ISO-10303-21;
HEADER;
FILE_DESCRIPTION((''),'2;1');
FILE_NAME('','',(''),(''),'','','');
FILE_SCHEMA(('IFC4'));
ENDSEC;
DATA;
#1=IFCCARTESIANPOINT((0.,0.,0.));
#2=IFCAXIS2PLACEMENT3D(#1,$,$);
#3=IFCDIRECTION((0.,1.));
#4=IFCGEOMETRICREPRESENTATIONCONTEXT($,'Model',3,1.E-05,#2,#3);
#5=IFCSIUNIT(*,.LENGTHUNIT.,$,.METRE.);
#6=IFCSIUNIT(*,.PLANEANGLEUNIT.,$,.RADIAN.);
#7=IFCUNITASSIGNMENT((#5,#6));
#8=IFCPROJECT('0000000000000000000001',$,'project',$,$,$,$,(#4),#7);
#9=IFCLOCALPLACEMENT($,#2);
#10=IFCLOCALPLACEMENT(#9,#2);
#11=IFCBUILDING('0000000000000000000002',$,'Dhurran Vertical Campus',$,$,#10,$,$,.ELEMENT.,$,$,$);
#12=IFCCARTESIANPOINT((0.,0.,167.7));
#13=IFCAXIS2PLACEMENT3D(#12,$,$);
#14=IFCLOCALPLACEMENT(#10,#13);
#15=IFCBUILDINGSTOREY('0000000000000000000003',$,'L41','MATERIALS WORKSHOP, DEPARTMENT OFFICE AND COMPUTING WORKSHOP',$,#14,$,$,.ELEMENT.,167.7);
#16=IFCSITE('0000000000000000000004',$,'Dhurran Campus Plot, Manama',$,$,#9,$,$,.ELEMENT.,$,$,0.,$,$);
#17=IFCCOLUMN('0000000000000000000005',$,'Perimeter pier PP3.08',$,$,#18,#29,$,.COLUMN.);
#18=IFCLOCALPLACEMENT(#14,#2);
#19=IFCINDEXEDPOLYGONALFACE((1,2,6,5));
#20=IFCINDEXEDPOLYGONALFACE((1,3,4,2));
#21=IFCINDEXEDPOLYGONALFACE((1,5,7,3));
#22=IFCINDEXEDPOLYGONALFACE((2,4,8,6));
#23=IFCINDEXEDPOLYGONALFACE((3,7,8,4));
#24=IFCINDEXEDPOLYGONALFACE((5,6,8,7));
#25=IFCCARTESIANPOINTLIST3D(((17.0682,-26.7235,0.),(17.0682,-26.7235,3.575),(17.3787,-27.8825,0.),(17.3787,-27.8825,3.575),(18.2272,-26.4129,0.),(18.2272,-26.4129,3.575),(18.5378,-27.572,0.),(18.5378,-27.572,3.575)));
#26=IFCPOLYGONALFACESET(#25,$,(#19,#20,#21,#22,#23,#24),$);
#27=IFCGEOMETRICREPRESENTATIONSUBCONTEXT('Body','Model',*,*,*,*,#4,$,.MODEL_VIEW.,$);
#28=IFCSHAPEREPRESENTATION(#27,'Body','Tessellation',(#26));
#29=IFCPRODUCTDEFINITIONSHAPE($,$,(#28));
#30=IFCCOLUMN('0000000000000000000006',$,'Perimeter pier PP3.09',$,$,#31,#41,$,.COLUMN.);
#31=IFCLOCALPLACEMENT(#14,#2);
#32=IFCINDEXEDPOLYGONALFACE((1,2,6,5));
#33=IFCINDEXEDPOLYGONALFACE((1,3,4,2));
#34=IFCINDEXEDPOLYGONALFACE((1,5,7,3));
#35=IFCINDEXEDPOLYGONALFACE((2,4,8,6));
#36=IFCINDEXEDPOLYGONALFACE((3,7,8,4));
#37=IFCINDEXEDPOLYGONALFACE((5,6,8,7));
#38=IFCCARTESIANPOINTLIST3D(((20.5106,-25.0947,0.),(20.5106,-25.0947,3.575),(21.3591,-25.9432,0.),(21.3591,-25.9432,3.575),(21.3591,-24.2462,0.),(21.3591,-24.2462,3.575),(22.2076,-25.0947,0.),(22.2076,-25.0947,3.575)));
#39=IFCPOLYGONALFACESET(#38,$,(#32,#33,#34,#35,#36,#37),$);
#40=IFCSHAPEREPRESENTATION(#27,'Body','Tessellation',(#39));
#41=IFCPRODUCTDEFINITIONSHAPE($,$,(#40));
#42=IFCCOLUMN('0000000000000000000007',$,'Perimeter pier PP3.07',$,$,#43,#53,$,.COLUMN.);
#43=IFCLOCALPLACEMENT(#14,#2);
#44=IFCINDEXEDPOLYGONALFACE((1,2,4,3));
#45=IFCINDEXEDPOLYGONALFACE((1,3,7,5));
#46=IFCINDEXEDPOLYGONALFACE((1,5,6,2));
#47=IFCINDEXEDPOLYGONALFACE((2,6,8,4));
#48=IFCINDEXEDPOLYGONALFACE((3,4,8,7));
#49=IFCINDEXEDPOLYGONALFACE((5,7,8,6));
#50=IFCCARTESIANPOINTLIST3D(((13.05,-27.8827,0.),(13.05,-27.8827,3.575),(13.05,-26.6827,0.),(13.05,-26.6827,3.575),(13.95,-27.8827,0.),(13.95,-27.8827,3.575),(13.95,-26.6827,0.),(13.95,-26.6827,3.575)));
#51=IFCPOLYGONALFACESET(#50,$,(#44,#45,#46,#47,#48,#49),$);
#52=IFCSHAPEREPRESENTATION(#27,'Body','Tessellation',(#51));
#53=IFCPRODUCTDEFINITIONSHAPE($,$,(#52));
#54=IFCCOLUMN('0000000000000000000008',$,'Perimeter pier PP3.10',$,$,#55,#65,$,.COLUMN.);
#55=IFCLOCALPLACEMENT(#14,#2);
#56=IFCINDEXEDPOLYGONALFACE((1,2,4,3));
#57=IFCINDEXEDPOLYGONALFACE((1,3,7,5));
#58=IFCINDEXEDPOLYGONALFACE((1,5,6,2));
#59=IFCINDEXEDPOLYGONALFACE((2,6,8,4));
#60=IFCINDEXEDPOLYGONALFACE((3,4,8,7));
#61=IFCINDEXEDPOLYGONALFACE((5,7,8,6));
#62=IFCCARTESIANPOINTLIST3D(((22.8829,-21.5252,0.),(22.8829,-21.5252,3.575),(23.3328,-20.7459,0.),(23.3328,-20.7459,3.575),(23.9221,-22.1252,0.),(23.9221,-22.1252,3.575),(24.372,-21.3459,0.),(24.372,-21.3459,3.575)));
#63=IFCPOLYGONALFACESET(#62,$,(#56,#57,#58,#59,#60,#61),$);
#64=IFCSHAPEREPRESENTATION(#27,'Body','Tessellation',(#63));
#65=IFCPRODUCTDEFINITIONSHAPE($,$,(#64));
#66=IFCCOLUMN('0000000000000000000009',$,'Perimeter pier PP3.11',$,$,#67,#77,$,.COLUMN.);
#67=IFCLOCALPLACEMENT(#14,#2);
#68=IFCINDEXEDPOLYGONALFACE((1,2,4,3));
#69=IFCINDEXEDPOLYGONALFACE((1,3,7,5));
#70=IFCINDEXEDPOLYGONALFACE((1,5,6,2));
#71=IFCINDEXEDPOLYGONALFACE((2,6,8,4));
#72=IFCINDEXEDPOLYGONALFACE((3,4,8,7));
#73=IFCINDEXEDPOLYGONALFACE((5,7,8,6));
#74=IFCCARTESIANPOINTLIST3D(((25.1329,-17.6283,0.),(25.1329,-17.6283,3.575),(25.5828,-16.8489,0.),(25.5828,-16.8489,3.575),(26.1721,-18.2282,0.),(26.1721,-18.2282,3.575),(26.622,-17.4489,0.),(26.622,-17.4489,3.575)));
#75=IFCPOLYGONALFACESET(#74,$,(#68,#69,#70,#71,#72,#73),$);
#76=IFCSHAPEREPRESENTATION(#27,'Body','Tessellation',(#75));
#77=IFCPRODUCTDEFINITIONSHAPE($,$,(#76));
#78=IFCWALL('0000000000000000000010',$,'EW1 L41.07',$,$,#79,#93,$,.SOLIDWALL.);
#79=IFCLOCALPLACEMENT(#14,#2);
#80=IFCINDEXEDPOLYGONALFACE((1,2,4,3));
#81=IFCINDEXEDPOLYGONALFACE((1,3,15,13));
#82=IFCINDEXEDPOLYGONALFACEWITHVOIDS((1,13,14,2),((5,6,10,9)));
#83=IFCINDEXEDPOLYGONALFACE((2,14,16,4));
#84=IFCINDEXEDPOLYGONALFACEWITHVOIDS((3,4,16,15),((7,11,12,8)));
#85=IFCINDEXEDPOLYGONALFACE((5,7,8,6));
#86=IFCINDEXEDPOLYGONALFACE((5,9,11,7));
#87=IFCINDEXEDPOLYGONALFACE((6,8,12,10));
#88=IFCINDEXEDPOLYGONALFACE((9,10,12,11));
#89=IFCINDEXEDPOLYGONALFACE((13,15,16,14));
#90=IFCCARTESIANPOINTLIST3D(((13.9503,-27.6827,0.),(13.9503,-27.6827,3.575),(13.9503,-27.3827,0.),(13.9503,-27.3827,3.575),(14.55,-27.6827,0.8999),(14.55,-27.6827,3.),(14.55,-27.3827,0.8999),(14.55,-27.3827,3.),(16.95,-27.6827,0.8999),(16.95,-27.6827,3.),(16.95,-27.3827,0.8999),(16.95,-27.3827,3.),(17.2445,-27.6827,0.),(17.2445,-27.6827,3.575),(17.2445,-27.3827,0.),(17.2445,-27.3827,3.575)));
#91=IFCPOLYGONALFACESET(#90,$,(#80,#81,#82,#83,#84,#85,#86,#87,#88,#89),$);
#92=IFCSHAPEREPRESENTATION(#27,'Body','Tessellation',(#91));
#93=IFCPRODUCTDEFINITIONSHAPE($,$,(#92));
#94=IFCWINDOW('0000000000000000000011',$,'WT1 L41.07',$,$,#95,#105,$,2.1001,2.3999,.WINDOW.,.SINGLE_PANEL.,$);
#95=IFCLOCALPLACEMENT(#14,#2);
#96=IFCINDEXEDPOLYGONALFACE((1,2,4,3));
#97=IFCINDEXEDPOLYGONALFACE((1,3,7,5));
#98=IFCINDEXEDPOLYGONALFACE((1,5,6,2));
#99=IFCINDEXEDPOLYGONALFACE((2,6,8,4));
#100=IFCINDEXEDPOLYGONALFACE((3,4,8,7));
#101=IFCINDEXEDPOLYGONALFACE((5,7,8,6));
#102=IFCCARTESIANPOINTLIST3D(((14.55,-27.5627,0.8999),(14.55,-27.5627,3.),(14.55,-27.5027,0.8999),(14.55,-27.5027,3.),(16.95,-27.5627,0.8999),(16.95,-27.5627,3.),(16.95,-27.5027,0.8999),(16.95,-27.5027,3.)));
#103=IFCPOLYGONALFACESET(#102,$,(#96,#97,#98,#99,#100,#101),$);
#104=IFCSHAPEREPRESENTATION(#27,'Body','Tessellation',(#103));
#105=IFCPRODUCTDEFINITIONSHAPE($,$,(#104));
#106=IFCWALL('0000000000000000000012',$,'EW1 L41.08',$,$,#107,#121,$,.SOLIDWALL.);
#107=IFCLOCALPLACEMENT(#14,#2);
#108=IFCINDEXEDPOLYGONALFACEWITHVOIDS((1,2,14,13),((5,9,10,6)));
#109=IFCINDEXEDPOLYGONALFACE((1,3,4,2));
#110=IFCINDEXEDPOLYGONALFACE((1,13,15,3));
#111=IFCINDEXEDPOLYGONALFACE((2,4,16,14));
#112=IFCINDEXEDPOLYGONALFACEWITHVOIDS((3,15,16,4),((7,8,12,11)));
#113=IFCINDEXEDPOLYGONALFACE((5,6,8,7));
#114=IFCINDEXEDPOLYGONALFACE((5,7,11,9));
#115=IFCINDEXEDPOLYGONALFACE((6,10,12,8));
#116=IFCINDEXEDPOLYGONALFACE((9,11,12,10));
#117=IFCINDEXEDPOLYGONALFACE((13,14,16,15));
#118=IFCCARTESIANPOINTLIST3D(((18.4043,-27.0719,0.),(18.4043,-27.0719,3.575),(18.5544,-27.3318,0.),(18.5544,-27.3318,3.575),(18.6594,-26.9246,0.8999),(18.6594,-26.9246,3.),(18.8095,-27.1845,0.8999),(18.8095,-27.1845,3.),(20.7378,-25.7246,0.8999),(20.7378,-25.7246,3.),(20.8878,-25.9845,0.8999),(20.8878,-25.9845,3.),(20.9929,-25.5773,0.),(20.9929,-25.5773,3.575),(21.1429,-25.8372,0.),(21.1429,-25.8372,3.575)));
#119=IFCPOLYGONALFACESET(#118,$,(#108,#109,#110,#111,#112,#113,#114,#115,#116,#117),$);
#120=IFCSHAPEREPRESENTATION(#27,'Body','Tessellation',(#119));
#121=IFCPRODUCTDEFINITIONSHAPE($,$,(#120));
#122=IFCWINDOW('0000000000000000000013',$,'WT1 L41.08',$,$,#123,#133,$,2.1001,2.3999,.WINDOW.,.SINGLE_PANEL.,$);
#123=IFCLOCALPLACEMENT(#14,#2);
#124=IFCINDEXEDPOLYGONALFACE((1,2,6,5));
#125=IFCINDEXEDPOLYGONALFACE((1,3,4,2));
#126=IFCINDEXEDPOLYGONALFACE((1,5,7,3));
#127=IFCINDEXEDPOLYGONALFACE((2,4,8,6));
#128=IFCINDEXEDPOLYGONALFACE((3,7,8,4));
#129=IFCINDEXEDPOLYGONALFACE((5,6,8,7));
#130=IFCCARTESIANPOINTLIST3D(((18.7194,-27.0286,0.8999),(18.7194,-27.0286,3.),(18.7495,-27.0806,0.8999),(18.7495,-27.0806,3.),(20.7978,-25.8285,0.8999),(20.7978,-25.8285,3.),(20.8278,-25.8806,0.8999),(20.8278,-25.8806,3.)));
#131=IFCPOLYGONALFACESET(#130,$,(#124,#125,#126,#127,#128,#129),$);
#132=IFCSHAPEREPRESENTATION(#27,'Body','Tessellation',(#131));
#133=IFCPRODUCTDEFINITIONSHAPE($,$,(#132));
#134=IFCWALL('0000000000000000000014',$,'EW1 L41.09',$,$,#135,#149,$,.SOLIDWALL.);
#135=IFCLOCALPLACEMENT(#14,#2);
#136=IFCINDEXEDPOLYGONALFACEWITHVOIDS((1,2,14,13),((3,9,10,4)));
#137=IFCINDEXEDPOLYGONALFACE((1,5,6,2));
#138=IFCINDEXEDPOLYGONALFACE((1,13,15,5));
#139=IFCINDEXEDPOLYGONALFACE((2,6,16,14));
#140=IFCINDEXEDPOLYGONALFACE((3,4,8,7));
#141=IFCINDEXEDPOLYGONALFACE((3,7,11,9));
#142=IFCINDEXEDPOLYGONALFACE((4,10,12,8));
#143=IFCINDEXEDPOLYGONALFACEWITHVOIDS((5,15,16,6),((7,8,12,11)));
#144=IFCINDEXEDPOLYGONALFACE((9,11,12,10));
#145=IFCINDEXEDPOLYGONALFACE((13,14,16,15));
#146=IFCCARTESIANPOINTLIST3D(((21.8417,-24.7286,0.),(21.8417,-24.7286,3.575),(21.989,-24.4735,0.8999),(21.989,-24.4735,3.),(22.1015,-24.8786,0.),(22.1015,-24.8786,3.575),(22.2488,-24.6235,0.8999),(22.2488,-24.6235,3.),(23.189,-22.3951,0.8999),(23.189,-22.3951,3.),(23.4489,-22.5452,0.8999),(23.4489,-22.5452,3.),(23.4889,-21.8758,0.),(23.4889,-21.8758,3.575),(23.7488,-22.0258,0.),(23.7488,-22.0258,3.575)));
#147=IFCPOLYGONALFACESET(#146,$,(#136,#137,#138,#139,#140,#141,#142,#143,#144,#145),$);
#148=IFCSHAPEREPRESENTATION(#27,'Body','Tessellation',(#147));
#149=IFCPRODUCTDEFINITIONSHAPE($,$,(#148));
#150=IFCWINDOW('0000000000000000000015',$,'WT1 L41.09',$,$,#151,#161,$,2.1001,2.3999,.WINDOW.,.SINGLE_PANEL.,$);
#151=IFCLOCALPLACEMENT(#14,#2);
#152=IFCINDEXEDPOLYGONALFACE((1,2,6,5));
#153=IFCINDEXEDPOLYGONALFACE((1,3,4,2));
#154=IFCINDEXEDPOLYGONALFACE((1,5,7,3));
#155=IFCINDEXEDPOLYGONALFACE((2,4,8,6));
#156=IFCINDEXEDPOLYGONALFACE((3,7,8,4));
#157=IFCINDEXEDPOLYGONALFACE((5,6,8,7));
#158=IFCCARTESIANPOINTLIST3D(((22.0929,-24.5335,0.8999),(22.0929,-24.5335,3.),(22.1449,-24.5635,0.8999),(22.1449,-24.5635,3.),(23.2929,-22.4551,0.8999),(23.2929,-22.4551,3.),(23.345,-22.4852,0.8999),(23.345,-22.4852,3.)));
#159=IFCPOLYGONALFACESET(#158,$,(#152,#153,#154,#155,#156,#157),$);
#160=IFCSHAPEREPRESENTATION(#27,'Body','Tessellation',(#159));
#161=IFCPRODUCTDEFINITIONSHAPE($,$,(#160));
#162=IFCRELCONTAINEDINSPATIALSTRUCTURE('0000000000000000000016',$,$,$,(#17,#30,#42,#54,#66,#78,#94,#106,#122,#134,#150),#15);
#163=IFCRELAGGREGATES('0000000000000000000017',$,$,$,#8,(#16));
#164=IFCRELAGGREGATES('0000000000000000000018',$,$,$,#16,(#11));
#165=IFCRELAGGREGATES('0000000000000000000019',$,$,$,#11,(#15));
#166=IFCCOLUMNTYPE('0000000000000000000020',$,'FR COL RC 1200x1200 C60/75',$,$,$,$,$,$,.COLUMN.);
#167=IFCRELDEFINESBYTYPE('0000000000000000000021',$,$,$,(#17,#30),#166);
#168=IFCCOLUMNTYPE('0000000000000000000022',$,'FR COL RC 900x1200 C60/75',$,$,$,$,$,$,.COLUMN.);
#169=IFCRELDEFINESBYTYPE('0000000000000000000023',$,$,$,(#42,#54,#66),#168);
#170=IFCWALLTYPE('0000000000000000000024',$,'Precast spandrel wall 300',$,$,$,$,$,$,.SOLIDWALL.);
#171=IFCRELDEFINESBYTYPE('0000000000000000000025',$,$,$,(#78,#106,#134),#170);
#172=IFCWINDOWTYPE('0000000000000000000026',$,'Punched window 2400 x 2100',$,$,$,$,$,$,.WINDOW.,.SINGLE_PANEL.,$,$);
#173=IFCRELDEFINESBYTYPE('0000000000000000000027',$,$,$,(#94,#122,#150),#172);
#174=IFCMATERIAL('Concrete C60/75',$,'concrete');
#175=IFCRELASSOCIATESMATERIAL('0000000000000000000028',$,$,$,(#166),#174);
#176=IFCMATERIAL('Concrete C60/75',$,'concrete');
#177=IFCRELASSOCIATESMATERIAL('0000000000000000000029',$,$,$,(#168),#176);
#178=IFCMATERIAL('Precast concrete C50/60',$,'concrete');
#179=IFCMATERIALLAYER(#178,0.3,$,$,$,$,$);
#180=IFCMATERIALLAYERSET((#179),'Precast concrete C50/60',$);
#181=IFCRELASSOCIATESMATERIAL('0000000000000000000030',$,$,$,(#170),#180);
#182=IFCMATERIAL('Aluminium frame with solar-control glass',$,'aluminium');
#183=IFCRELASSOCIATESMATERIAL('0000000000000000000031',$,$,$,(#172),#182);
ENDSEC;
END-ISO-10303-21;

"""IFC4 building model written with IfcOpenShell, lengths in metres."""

from ifc_helpers import new_model, si_unit, direction, frame, frame_2d, origin, origin_2d, place, context, subcontext, project, spatial, rectangle, extrude, material, layer, layer_set, material_profile, profile_set, type_object, element, fill, save


model = new_model("IFC4")

# Units and contexts
model_context = context("Model", 3, precision=1e-05, world=origin(), true_north=direction((0.0, 1.0)))
body_context = subcontext(model_context, "Body", "Model", "MODEL_VIEW")
ifc_project = project(units=[si_unit("LENGTHUNIT", "METRE"), si_unit("PLANEANGLEUNIT", "RADIAN")], contexts=[model_context])

# Site, building, storey
site_placement = place(None, origin())
site = spatial("IfcSite", under=ifc_project, at=site_placement, Name="Dhurran Campus Plot, Manama", CompositionType="ELEMENT", RefElevation=0.0)
building_placement = place(site_placement, origin())
building = spatial("IfcBuilding", under=site, at=building_placement, Name="Dhurran Vertical Campus", CompositionType="ELEMENT")
storey_placement = place(building_placement, frame((0.0, 0.0, 167.7)))
storey = spatial("IfcBuildingStorey", under=building, at=storey_placement, Name="L41", Description="MATERIALS WORKSHOP, DEPARTMENT OFFICE AND COMPUTING WORKSHOP", CompositionType="ELEMENT", Elevation=167.7)

# Columns
ifc_material_1 = material(Name="Concrete C60/75", Category="concrete")
ifc_material_profile_1 = material_profile(ifc_material_1, rectangle(XDim=1.2, YDim=1.2, at=origin_2d()), Name="RC 1200x1200")
ifc_profile_set_1 = profile_set([ifc_material_profile_1], Name="Concrete C60/75")
column_type_1 = type_object("IfcColumnType", Name="FR COL RC 1200x1200 C60/75", PredefinedType="COLUMN", material=ifc_profile_set_1)
for number, where, z_axis, x_axis, name in (
    (1, (17.803, -27.1477, 0.0), (0.0, 0.0, 1.0), (0.965926, 0.258819, 0.0), "Perimeter pier PP3.08"),
    (2, (21.3591, -25.0947, 0.0), (0.0, 0.0, 1.0), (0.707107, 0.707107, 0.0), "Perimeter pier PP3.09"),
):
    element("IfcColumn", number, at=place(storey_placement, frame(where, z_axis=z_axis, x_axis=x_axis)), inside=storey, type_object=column_type_1, Name=name, PredefinedType="COLUMN", context=body_context, shape_type="SweptSolid", body=[
        extrude(rectangle(XDim=1.2, YDim=1.2, at=origin_2d()), origin(), (0.0, 0.0, 1.0), 3.575),
    ])
ifc_material_2 = material(Name="Concrete C60/75", Category="concrete")
ifc_material_profile_2 = material_profile(ifc_material_2, rectangle(XDim=0.8999, YDim=1.2, at=origin_2d()), Name="RC 900x1200")
ifc_profile_set_2 = profile_set([ifc_material_profile_2], Name="Concrete C60/75")
column_type_2 = type_object("IfcColumnType", Name="FR COL RC 900x1200 C60/75", PredefinedType="COLUMN", material=ifc_profile_set_2)
for number, where, z_axis, x_axis, name in (
    (3, (13.5, -27.2827, 0.0), (0.0, 0.0, 1.0), (1.0, 0.0, 0.0), "Perimeter pier PP3.07"),
    (4, (23.6274, -21.4355, 0.0), (0.0, 0.0, 1.0), (0.5, 0.866025, 0.0), "Perimeter pier PP3.10"),
    (5, (25.8774, -17.5386, 0.0), (0.0, 0.0, 1.0), (0.5, 0.866025, 0.0), "Perimeter pier PP3.11"),
):
    element("IfcColumn", number, at=place(storey_placement, frame(where, z_axis=z_axis, x_axis=x_axis)), inside=storey, type_object=column_type_2, Name=name, PredefinedType="COLUMN", context=body_context, shape_type="SweptSolid", body=[
        extrude(rectangle(XDim=0.8999, YDim=1.2, at=origin_2d()), origin(), (0.0, 0.0, 1.0), 3.575),
    ])

# Walls, openings, windows
ifc_material_3 = material(Name="Precast concrete C50/60", Category="concrete")
ifc_layer_1 = layer(ifc_material_3, 0.3)
ifc_layer_set_1 = layer_set([ifc_layer_1], Name="Precast concrete C50/60")
wall_type_1 = type_object("IfcWallType", Name="Precast spandrel wall 300", PredefinedType="SOLIDWALL", material=ifc_layer_set_1)
wall_1_placement = place(storey_placement, frame((13.9504, -27.5327, 0.0), z_axis=(0.0, 0.0, 1.0), x_axis=(1.0, 0.0, 0.0)))
wall_1 = element("IfcWall", 6, at=wall_1_placement, inside=storey, type_object=wall_type_1, Name="EW1 L41.07", PredefinedType="SOLIDWALL", context=body_context, shape_type="SweptSolid", body=[
    extrude(rectangle(XDim=3.2942, YDim=0.3, at=frame_2d((1.647, 0.0))), origin(), (0.0, 0.0, 1.0), 3.575),
])
opening_1_placement = place(wall_1_placement, frame((0.5996, 0.0, 0.8999)))
opening_1 = element("IfcOpeningElement", 7, at=opening_1_placement, cuts=wall_1, PredefinedType="OPENING", context=body_context, shape_type="SweptSolid", body=[
    extrude(rectangle(XDim=2.3999, YDim=2.1001, at=frame_2d((1.2, 1.05))), frame((0.0, 0.1599, 0.0), z_axis=(0.0, -1.0, 0.0), x_axis=(1.0, 0.0, 0.0)), (0.0, 0.0, 1.0), 0.3201),
])
ifc_material_4 = material(Name="Aluminium frame with solar-control glass", Category="aluminium")
window_type = type_object("IfcWindowType", Name="Punched window 2400 x 2100", PartitioningType="SINGLE_PANEL", PredefinedType="WINDOW", material=ifc_material_4)
window_1_placement = place(opening_1_placement, origin())
window_1 = element("IfcWindow", 8, at=window_1_placement, inside=storey, type_object=window_type, Name="WT1 L41.07", OverallHeight=2.1001, OverallWidth=2.3999, PartitioningType="SINGLE_PANEL", PredefinedType="WINDOW", context=body_context, shape_type="SweptSolid", body=[
    extrude(rectangle(XDim=2.3999, YDim=2.1001, at=frame_2d((1.2, 1.05))), frame((0.0, 0.03, 0.0), z_axis=(0.0, -1.0, 0.0), x_axis=(1.0, 0.0, 0.0)), (0.0, 0.0, 1.0), 0.0601),
])
fill(opening_1, window_1)
wall_2_placement = place(storey_placement, frame((18.4792, -27.2019, 0.0), z_axis=(0.0, 0.0, 1.0), x_axis=(0.866013, 0.500022, 0.0)))
wall_2 = element("IfcWall", 9, at=wall_2_placement, inside=storey, type_object=wall_type_1, Name="EW1 L41.08", PredefinedType="SOLIDWALL", context=body_context, shape_type="SweptSolid", body=[
    extrude(rectangle(XDim=2.989, YDim=0.3, at=frame_2d((1.4946, 0.0))), origin(), (0.0, 0.0, 1.0), 3.575),
])
opening_2_placement = place(wall_2_placement, frame((0.2947, 0.0, 0.8999)))
opening_2 = element("IfcOpeningElement", 10, at=opening_2_placement, cuts=wall_2, PredefinedType="OPENING", context=body_context, shape_type="SweptSolid", body=[
    extrude(rectangle(XDim=2.3999, YDim=2.1001, at=frame_2d((1.2, 1.05))), frame((0.0, 0.1599, 0.0), z_axis=(0.0, -1.0, 0.0), x_axis=(1.0, 0.0, 0.0)), (0.0, 0.0, 1.0), 0.3201),
])
window_2_placement = place(opening_2_placement, origin())
window_2 = element("IfcWindow", 11, at=window_2_placement, inside=storey, type_object=window_type, Name="WT1 L41.08", OverallHeight=2.1001, OverallWidth=2.3999, PartitioningType="SINGLE_PANEL", PredefinedType="WINDOW", context=body_context, shape_type="SweptSolid", body=[
    extrude(rectangle(XDim=2.3999, YDim=2.1001, at=frame_2d((1.2, 1.05))), frame((0.0, 0.03, 0.0), z_axis=(0.0, -1.0, 0.0), x_axis=(1.0, 0.0, 0.0)), (0.0, 0.0, 1.0), 0.0601),
])
fill(opening_2, window_2)
wall_3_placement = place(storey_placement, frame((21.9717, -24.8035, 0.0), z_axis=(0.0, 0.0, 1.0), x_axis=(0.500037, 0.866004, 0.0)))
wall_3 = element("IfcWall", 12, at=wall_3_placement, inside=storey, type_object=wall_type_1, Name="EW1 L41.09", PredefinedType="SOLIDWALL", context=body_context, shape_type="SweptSolid", body=[
    extrude(rectangle(XDim=3.2942, YDim=0.3, at=frame_2d((1.647, 0.0))), origin(), (0.0, 0.0, 1.0), 3.575),
])
opening_3_placement = place(wall_3_placement, frame((0.2944, 0.0, 0.8999)))
opening_3 = element("IfcOpeningElement", 13, at=opening_3_placement, cuts=wall_3, PredefinedType="OPENING", context=body_context, shape_type="SweptSolid", body=[
    extrude(rectangle(XDim=2.3999, YDim=2.1001, at=frame_2d((1.2, 1.05))), frame((0.0, 0.1599, 0.0), z_axis=(0.0, -1.0, 0.0), x_axis=(1.0, 0.0, 0.0)), (0.0, 0.0, 1.0), 0.3201),
])
window_3_placement = place(opening_3_placement, origin())
window_3 = element("IfcWindow", 14, at=window_3_placement, inside=storey, type_object=window_type, Name="WT1 L41.09", OverallHeight=2.1001, OverallWidth=2.3999, PartitioningType="SINGLE_PANEL", PredefinedType="WINDOW", context=body_context, shape_type="SweptSolid", body=[
    extrude(rectangle(XDim=2.3999, YDim=2.1001, at=frame_2d((1.2, 1.05))), frame((0.0, 0.03, 0.0), z_axis=(0.0, -1.0, 0.0), x_axis=(1.0, 0.0, 0.0)), (0.0, 0.0, 1.0), 0.0601),
])
fill(opening_3, window_3)

save(model, "model.ifc")
